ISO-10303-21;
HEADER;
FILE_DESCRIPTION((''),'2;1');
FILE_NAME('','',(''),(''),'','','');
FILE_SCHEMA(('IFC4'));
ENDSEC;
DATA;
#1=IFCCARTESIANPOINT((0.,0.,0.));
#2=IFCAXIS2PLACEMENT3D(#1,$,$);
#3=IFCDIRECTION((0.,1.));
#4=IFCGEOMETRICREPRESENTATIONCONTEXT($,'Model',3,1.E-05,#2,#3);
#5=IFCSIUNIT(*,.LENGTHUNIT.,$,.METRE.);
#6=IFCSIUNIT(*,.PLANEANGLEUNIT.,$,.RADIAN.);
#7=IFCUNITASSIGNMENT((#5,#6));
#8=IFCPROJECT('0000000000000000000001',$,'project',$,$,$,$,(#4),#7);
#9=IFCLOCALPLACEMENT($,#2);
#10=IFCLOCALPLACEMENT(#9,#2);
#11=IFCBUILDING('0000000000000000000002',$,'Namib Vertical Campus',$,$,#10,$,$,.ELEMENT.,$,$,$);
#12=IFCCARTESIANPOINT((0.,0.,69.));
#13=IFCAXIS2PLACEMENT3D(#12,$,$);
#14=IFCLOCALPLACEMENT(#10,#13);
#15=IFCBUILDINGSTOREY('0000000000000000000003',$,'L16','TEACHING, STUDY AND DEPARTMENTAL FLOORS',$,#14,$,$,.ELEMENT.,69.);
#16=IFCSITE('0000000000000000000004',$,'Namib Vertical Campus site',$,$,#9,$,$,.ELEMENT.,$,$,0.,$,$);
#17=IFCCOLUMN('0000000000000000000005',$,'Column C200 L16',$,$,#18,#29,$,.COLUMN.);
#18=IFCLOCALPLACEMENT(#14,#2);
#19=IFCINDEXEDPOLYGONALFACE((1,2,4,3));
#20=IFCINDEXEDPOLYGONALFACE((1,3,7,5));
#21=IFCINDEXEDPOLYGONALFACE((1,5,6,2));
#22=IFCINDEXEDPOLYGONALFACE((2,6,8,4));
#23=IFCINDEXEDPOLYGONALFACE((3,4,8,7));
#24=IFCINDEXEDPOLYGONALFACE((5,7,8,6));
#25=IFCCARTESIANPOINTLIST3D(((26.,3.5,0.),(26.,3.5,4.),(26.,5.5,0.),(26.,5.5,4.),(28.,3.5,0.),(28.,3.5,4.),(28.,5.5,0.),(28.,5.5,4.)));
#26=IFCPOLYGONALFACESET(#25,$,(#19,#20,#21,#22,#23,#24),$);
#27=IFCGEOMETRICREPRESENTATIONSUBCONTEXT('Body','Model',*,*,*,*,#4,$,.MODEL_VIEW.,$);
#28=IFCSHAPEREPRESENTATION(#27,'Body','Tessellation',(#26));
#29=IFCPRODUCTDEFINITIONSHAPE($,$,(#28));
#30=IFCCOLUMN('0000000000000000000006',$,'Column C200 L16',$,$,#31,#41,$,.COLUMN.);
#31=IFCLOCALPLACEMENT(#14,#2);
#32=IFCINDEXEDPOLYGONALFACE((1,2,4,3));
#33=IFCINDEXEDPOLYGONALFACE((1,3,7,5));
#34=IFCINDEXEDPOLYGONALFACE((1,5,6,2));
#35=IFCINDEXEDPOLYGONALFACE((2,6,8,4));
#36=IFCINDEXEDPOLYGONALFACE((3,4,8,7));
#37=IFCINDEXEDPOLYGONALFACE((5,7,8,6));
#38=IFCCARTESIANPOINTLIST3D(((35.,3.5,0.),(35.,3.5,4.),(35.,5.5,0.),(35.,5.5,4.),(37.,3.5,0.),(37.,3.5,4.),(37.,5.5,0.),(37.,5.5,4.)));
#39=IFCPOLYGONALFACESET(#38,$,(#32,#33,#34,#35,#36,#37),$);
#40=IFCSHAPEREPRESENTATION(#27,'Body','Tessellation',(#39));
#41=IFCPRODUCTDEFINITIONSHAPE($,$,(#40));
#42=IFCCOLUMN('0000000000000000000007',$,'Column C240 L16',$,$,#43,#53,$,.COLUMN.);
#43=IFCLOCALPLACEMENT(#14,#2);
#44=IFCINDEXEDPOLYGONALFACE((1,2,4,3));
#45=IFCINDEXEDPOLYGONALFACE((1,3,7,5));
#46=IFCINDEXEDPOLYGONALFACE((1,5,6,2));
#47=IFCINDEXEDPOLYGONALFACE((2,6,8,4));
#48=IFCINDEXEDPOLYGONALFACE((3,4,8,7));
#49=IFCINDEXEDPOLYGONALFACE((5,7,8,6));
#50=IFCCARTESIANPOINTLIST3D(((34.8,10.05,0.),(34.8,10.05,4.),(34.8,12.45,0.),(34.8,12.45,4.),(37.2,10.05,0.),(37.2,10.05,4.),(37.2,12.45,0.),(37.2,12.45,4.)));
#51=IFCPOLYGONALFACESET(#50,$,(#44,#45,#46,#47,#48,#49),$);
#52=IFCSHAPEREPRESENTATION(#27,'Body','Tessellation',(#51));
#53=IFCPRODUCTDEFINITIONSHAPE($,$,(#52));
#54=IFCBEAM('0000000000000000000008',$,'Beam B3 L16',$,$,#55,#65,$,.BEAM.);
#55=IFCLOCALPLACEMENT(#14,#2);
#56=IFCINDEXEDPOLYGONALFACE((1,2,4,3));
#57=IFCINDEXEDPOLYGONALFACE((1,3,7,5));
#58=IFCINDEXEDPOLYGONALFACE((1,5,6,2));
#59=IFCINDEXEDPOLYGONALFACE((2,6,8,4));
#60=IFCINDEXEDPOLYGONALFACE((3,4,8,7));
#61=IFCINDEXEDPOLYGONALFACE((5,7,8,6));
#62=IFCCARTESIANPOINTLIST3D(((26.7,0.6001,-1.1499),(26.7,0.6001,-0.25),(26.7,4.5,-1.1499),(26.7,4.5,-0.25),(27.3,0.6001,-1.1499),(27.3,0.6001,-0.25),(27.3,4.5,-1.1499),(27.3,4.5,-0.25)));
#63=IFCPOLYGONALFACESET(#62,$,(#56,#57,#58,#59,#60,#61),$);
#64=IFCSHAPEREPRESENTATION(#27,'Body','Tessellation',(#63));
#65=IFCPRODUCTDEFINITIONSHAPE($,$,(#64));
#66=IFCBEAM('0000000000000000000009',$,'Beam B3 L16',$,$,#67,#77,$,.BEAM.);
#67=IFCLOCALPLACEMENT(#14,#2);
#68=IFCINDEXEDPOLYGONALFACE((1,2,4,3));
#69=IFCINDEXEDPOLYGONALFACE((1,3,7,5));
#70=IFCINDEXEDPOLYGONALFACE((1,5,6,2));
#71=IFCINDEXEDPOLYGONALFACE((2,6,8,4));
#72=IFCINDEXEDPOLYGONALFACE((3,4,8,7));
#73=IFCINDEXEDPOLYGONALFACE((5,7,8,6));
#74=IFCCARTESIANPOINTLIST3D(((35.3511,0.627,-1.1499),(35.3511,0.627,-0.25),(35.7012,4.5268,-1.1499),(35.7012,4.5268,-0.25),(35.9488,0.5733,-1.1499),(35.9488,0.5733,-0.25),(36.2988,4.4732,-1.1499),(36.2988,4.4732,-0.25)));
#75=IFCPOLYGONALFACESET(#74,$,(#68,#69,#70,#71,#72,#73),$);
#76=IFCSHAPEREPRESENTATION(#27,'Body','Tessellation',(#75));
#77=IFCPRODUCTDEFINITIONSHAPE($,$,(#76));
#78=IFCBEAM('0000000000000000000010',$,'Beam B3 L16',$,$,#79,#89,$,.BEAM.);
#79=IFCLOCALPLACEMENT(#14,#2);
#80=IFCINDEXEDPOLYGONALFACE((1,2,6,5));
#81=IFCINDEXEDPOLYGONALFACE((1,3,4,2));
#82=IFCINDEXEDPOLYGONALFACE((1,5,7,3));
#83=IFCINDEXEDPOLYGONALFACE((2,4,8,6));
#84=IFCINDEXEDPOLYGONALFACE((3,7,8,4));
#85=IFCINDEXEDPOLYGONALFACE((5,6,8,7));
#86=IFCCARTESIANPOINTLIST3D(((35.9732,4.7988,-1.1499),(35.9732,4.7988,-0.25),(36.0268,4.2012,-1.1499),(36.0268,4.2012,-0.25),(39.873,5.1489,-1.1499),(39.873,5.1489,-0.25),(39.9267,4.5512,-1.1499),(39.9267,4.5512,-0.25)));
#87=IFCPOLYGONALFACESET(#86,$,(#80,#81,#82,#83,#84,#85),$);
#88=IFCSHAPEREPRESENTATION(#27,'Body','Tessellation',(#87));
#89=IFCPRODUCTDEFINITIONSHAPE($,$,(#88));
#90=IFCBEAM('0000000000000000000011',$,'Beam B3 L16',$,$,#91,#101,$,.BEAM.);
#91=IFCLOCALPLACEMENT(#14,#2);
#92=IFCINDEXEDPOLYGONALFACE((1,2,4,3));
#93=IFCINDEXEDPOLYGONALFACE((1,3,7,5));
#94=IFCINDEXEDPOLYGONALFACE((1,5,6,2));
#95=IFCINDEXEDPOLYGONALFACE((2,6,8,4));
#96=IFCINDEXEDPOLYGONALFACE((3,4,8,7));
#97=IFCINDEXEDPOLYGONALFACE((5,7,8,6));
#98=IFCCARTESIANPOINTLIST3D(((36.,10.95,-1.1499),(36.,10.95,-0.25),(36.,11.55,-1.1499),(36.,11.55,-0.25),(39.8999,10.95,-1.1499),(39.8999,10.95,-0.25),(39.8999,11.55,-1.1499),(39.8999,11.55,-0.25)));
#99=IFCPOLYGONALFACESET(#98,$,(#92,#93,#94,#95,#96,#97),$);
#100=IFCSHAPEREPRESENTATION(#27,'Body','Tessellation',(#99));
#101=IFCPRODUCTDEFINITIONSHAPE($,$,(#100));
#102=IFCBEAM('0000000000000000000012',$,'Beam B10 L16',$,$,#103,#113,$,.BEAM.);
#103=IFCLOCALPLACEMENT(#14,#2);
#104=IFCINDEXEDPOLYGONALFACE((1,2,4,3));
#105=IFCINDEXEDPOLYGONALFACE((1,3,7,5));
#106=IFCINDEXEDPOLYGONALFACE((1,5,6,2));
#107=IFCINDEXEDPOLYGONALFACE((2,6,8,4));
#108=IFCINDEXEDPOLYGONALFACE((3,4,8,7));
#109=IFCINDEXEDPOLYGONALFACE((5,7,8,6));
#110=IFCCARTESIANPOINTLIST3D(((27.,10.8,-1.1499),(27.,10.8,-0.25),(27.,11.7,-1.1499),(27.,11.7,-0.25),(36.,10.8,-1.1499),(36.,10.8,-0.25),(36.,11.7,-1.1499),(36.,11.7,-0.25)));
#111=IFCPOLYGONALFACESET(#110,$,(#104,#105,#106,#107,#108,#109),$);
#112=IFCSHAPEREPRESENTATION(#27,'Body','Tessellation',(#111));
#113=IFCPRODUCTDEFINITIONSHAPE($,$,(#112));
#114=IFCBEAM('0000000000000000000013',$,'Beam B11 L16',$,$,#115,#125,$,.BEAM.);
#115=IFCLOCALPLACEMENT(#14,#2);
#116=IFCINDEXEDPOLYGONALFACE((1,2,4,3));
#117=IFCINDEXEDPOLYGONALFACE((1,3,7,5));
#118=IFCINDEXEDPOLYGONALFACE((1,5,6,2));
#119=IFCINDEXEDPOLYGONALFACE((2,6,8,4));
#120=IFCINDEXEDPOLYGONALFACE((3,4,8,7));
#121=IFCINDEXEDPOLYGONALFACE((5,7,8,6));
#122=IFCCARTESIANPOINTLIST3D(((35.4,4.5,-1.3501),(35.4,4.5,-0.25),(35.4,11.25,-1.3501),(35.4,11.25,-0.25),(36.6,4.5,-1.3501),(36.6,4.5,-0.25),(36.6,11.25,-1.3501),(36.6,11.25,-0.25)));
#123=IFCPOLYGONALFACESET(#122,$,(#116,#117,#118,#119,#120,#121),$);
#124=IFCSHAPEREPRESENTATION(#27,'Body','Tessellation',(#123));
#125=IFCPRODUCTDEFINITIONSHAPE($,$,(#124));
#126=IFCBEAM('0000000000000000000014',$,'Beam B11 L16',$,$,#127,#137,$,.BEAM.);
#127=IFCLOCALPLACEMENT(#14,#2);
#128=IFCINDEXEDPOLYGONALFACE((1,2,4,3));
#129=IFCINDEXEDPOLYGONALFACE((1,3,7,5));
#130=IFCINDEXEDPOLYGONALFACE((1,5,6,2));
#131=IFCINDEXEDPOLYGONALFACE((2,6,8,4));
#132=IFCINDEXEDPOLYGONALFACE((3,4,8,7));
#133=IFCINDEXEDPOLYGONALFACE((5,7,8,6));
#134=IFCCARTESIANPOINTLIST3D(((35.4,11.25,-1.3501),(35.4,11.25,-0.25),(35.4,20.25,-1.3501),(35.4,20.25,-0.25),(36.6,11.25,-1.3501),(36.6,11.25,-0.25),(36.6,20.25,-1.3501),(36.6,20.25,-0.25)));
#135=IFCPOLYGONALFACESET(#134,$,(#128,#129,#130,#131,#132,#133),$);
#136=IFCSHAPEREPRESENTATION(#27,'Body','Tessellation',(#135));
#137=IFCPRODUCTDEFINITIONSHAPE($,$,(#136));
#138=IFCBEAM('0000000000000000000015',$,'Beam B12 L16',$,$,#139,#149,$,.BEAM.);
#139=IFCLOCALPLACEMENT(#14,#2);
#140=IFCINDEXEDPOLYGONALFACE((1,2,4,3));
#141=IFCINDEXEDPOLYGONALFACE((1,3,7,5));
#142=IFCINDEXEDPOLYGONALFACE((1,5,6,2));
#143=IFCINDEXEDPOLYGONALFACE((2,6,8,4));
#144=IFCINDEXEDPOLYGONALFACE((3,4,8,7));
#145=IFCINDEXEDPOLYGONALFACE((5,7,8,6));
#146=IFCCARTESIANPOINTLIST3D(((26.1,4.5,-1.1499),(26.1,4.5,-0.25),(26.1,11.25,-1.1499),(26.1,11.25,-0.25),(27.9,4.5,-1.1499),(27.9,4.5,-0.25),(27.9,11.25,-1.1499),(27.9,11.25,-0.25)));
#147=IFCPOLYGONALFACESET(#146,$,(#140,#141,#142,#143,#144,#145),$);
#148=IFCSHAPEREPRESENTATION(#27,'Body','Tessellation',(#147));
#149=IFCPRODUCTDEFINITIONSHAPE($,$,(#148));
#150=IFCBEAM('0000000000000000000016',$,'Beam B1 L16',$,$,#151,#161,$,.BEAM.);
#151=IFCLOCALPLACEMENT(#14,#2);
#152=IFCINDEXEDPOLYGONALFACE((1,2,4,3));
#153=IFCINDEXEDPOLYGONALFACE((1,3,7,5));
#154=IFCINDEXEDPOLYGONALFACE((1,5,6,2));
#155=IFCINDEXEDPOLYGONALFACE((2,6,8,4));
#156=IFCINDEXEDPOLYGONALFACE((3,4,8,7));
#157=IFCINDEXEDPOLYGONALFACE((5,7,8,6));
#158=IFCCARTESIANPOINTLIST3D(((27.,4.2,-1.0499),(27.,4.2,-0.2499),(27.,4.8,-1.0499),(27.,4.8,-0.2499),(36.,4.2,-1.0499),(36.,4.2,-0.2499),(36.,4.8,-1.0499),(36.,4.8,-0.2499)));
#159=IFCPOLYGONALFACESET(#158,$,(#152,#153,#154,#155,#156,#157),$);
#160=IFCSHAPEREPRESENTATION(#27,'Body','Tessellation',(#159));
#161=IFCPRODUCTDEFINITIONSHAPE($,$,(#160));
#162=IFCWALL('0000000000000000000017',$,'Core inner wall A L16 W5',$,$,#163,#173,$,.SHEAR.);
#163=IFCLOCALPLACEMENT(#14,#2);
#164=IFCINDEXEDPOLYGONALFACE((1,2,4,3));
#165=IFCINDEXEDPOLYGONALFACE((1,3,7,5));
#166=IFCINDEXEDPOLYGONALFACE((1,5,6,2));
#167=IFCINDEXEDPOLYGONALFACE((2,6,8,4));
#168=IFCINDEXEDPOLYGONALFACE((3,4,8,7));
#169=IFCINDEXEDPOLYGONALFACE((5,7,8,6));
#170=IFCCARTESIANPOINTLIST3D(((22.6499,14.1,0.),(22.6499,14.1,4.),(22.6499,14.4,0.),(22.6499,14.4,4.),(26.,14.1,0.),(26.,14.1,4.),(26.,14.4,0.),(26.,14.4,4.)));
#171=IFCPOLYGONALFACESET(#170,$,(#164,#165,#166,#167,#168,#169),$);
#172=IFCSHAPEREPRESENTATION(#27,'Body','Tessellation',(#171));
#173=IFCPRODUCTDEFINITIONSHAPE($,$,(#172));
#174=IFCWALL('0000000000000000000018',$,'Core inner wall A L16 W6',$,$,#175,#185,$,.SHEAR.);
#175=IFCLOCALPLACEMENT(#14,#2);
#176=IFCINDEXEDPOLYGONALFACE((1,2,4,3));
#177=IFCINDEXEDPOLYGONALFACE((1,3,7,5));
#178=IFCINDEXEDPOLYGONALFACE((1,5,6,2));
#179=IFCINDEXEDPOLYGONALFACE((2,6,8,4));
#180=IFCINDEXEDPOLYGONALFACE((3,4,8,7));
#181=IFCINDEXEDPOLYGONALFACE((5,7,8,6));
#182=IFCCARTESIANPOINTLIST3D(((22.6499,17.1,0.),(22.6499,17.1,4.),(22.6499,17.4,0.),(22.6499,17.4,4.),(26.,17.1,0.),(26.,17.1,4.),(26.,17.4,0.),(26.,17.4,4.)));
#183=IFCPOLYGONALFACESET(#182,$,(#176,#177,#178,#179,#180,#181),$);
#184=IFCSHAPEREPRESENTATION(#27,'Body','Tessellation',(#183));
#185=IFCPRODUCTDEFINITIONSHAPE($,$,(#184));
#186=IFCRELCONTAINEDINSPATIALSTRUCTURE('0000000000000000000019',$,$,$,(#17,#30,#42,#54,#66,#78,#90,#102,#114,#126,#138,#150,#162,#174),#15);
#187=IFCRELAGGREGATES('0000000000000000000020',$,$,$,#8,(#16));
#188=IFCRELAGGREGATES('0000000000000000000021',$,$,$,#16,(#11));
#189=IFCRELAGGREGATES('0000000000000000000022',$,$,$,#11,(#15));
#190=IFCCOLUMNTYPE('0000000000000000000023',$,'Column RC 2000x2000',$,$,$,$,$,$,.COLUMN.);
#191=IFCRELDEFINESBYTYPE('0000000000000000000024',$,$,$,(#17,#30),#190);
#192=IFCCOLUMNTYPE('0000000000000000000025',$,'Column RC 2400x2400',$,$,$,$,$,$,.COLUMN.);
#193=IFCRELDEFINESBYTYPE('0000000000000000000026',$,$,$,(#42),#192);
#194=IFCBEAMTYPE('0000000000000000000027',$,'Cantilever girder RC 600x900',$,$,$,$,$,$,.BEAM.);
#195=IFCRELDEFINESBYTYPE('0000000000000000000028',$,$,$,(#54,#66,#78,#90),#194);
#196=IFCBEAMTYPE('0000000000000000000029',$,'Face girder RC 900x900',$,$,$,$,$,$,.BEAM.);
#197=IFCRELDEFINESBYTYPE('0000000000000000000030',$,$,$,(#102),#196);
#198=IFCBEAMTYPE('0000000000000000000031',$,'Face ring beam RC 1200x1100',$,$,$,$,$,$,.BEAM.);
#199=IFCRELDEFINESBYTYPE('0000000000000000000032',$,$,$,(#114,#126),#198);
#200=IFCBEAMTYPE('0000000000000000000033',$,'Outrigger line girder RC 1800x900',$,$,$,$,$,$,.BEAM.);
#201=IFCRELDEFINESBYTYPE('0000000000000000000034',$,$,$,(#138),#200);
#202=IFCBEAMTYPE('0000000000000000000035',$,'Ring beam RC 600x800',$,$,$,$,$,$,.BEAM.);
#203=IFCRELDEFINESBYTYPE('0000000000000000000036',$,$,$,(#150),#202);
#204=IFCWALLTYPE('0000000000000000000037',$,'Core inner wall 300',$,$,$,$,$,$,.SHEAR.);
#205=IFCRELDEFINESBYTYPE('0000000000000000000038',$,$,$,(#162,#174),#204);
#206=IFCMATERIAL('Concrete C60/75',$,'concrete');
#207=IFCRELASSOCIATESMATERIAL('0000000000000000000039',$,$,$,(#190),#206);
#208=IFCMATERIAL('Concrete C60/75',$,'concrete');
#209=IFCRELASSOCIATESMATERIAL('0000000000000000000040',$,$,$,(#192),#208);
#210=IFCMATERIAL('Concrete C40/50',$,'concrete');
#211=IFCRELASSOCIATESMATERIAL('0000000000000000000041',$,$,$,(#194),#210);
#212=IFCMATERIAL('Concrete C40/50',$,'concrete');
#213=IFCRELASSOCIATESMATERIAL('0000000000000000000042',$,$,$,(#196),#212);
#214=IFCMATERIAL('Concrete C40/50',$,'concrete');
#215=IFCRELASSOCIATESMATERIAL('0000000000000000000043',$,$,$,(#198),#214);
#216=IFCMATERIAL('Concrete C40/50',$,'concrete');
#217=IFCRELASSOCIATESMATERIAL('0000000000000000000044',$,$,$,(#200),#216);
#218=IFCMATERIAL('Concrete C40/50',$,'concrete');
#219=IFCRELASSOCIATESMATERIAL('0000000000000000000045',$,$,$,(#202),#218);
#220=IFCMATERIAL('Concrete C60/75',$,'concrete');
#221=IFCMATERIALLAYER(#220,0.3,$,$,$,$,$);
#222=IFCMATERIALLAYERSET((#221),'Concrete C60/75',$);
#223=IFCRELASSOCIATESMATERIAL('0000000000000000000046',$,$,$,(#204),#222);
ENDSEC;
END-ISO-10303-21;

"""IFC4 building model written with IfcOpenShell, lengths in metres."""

from ifc_helpers import new_model, si_unit, direction, frame, frame_2d, origin, origin_2d, place, context, subcontext, project, spatial, rectangle, extrude, material, layer, layer_set, material_profile, profile_set, type_object, element, save


model = new_model("IFC4")

# Units and contexts
model_context = context("Model", 3, precision=1e-05, world=origin(), true_north=direction((0.0, 1.0)))
body_context = subcontext(model_context, "Body", "Model", "MODEL_VIEW")
ifc_project = project(units=[si_unit("LENGTHUNIT", "METRE"), si_unit("PLANEANGLEUNIT", "RADIAN")], contexts=[model_context])

# Site, building, storey
site_placement = place(None, origin())
site = spatial("IfcSite", under=ifc_project, at=site_placement, Name="Namib Vertical Campus site", CompositionType="ELEMENT", RefElevation=0.0)
building_placement = place(site_placement, origin())
building = spatial("IfcBuilding", under=site, at=building_placement, Name="Namib Vertical Campus", CompositionType="ELEMENT")
storey_placement = place(building_placement, frame((0.0, 0.0, 69.0)))
storey = spatial("IfcBuildingStorey", under=building, at=storey_placement, Name="L16", Description="TEACHING, STUDY AND DEPARTMENTAL FLOORS", CompositionType="ELEMENT", Elevation=69.0)

# Columns
ifc_material_1 = material(Name="Concrete C60/75", Category="concrete")
ifc_material_profile_1 = material_profile(ifc_material_1, rectangle(XDim=2.0, YDim=2.0, at=origin_2d()))
ifc_profile_set_1 = profile_set([ifc_material_profile_1], Name="Concrete C60/75")
column_type_1 = type_object("IfcColumnType", Name="Column RC 2000x2000", PredefinedType="COLUMN", material=ifc_profile_set_1)
for number, where, z_axis, x_axis, name in (
    (1, (27.0, 4.5, 0.0), (0.0, 0.0, 1.0), (1.0, 0.0, 0.0), "Column C200 L16"),
    (2, (36.0, 4.5, 0.0), (0.0, 0.0, 1.0), (1.0, 0.0, 0.0), "Column C200 L16"),
):
    element("IfcColumn", number, at=place(storey_placement, frame(where, z_axis=z_axis, x_axis=x_axis)), inside=storey, type_object=column_type_1, Name=name, PredefinedType="COLUMN", context=body_context, shape_type="SweptSolid", body=[
        extrude(rectangle(XDim=2.0, YDim=2.0, at=origin_2d()), origin(), (0.0, 0.0, 1.0), 4.0),
    ])
ifc_material_2 = material(Name="Concrete C60/75", Category="concrete")
ifc_material_profile_2 = material_profile(ifc_material_2, rectangle(XDim=2.3999, YDim=2.3999, at=origin_2d()))
ifc_profile_set_2 = profile_set([ifc_material_profile_2], Name="Concrete C60/75")
column_type_2 = type_object("IfcColumnType", Name="Column RC 2400x2400", PredefinedType="COLUMN", material=ifc_profile_set_2)
column_placement = place(storey_placement, frame((36.0, 11.25, 0.0), z_axis=(0.0, 0.0, 1.0), x_axis=(1.0, 0.0, 0.0)))
element("IfcColumn", 3, at=column_placement, inside=storey, type_object=column_type_2, Name="Column C240 L16", PredefinedType="COLUMN", context=body_context, shape_type="SweptSolid", body=[
    extrude(rectangle(XDim=2.3999, YDim=2.3999, at=origin_2d()), origin(), (0.0, 0.0, 1.0), 4.0),
])

# Beams
ifc_material_3 = material(Name="Concrete C40/50", Category="concrete")
ifc_material_profile_3 = material_profile(ifc_material_3, rectangle(XDim=0.6001, YDim=0.8999, at=origin_2d()))
ifc_profile_set_3 = profile_set([ifc_material_profile_3], Name="Concrete C40/50")
beam_type_1 = type_object("IfcBeamType", Name="Cantilever girder RC 600x900", PredefinedType="BEAM", material=ifc_profile_set_3)
beam_1_placement = place(storey_placement, frame((27.0, 4.5, -0.7), z_axis=(0.0, -1.0, 0.0), x_axis=(1.0, 0.0, 0.0)))
element("IfcBeam", 4, at=beam_1_placement, inside=storey, type_object=beam_type_1, Name="Beam B3 L16", PredefinedType="BEAM", context=body_context, shape_type="SweptSolid", body=[
    extrude(rectangle(XDim=0.6001, YDim=0.8999, at=origin_2d()), origin(), (0.0, 0.0, 1.0), 3.8999),
])
for number, where, z_axis, x_axis, name in (
    (5, (36.0, 4.5, -0.7), (-0.089411, -0.995995, 0.0), (0.995995, -0.089411, 0.0), "Beam B3 L16"),
    (6, (36.0, 4.5, -0.7), (0.995995, 0.089411, 0.0), (-0.089411, 0.995995, 0.0), "Beam B3 L16"),
):
    element("IfcBeam", number, at=place(storey_placement, frame(where, z_axis=z_axis, x_axis=x_axis)), inside=storey, type_object=beam_type_1, Name=name, PredefinedType="BEAM", context=body_context, shape_type="SweptSolid", body=[
        extrude(rectangle(XDim=0.6001, YDim=0.8999, at=origin_2d()), origin(), (0.0, 0.0, 1.0), 3.9155),
    ])
beam_2_placement = place(storey_placement, frame((36.0, 11.25, -0.7), z_axis=(1.0, 0.0, 0.0), x_axis=(0.0, 1.0, 0.0)))
element("IfcBeam", 7, at=beam_2_placement, inside=storey, type_object=beam_type_1, Name="Beam B3 L16", PredefinedType="BEAM", context=body_context, shape_type="SweptSolid", body=[
    extrude(rectangle(XDim=0.6001, YDim=0.8999, at=origin_2d()), origin(), (0.0, 0.0, 1.0), 3.8999),
])
ifc_material_4 = material(Name="Concrete C40/50", Category="concrete")
ifc_material_profile_4 = material_profile(ifc_material_4, rectangle(XDim=0.8999, YDim=0.8999, at=origin_2d()))
ifc_profile_set_4 = profile_set([ifc_material_profile_4], Name="Concrete C40/50")
beam_type_2 = type_object("IfcBeamType", Name="Face girder RC 900x900", PredefinedType="BEAM", material=ifc_profile_set_4)
beam_3_placement = place(storey_placement, frame((36.0, 11.25, -0.7), z_axis=(-1.0, 0.0, 0.0), x_axis=(0.0, -1.0, 0.0)))
element("IfcBeam", 8, at=beam_3_placement, inside=storey, type_object=beam_type_2, Name="Beam B10 L16", PredefinedType="BEAM", context=body_context, shape_type="SweptSolid", body=[
    extrude(rectangle(XDim=0.8999, YDim=0.8999, at=origin_2d()), origin(), (0.0, 0.0, 1.0), 9.0),
])
ifc_material_5 = material(Name="Concrete C40/50", Category="concrete")
ifc_material_profile_5 = material_profile(ifc_material_5, rectangle(XDim=1.2, YDim=1.1001, at=origin_2d()))
ifc_profile_set_5 = profile_set([ifc_material_profile_5], Name="Concrete C40/50")
beam_type_3 = type_object("IfcBeamType", Name="Face ring beam RC 1200x1100", PredefinedType="BEAM", material=ifc_profile_set_5)
beam_4_placement = place(storey_placement, frame((36.0, 4.5, -0.8), z_axis=(0.0, 1.0, 0.0), x_axis=(-1.0, 0.0, 0.0)))
element("IfcBeam", 9, at=beam_4_placement, inside=storey, type_object=beam_type_3, Name="Beam B11 L16", PredefinedType="BEAM", context=body_context, shape_type="SweptSolid", body=[
    extrude(rectangle(XDim=1.2, YDim=1.1001, at=origin_2d()), origin(), (0.0, 0.0, 1.0), 6.75),
])
beam_5_placement = place(storey_placement, frame((36.0, 11.25, -0.8), z_axis=(0.0, 1.0, 0.0), x_axis=(-1.0, 0.0, 0.0)))
element("IfcBeam", 10, at=beam_5_placement, inside=storey, type_object=beam_type_3, Name="Beam B11 L16", PredefinedType="BEAM", context=body_context, shape_type="SweptSolid", body=[
    extrude(rectangle(XDim=1.2, YDim=1.1001, at=origin_2d()), origin(), (0.0, 0.0, 1.0), 9.0),
])
ifc_material_6 = material(Name="Concrete C40/50", Category="concrete")
ifc_material_profile_6 = material_profile(ifc_material_6, rectangle(XDim=1.8, YDim=0.8999, at=origin_2d()))
ifc_profile_set_6 = profile_set([ifc_material_profile_6], Name="Concrete C40/50")
beam_type_4 = type_object("IfcBeamType", Name="Outrigger line girder RC 1800x900", PredefinedType="BEAM", material=ifc_profile_set_6)
beam_6_placement = place(storey_placement, frame((27.0, 4.5, -0.7), z_axis=(0.0, 1.0, 0.0), x_axis=(-1.0, 0.0, 0.0)))
element("IfcBeam", 11, at=beam_6_placement, inside=storey, type_object=beam_type_4, Name="Beam B12 L16", PredefinedType="BEAM", context=body_context, shape_type="SweptSolid", body=[
    extrude(rectangle(XDim=1.8, YDim=0.8999, at=origin_2d()), origin(), (0.0, 0.0, 1.0), 6.75),
])
ifc_material_7 = material(Name="Concrete C40/50", Category="concrete")
ifc_material_profile_7 = material_profile(ifc_material_7, rectangle(XDim=0.6001, YDim=0.8, at=origin_2d()))
ifc_profile_set_7 = profile_set([ifc_material_profile_7], Name="Concrete C40/50")
beam_type_5 = type_object("IfcBeamType", Name="Ring beam RC 600x800", PredefinedType="BEAM", material=ifc_profile_set_7)
beam_7_placement = place(storey_placement, frame((27.0, 4.5, -0.6499), z_axis=(1.0, 0.0, 0.0), x_axis=(0.0, 1.0, 0.0)))
element("IfcBeam", 12, at=beam_7_placement, inside=storey, type_object=beam_type_5, Name="Beam B1 L16", PredefinedType="BEAM", context=body_context, shape_type="SweptSolid", body=[
    extrude(rectangle(XDim=0.6001, YDim=0.8, at=origin_2d()), origin(), (0.0, 0.0, 1.0), 9.0),
])

# Walls
ifc_material_8 = material(Name="Concrete C60/75", Category="concrete")
ifc_layer_1 = layer(ifc_material_8, 0.3)
ifc_layer_set_1 = layer_set([ifc_layer_1], Name="Concrete C60/75")
wall_type_1 = type_object("IfcWallType", Name="Core inner wall 300", PredefinedType="SHEAR", material=ifc_layer_set_1)
for number, where, z_axis, x_axis, name in (
    (13, (22.6499, 14.25, 0.0), (0.0, 0.0, 1.0), (1.0, 0.0, 0.0), "Core inner wall A L16 W5"),
    (14, (22.6499, 17.25, 0.0), (0.0, 0.0, 1.0), (1.0, 0.0, 0.0), "Core inner wall A L16 W6"),
):
    element("IfcWall", number, at=place(storey_placement, frame(where, z_axis=z_axis, x_axis=x_axis)), inside=storey, type_object=wall_type_1, Name=name, PredefinedType="SHEAR", context=body_context, shape_type="SweptSolid", body=[
        extrude(rectangle(XDim=3.3501, YDim=0.3, at=frame_2d((1.675, 0.0))), origin(), (0.0, 0.0, 1.0), 4.0),
    ])

save(model, "model.ifc")
